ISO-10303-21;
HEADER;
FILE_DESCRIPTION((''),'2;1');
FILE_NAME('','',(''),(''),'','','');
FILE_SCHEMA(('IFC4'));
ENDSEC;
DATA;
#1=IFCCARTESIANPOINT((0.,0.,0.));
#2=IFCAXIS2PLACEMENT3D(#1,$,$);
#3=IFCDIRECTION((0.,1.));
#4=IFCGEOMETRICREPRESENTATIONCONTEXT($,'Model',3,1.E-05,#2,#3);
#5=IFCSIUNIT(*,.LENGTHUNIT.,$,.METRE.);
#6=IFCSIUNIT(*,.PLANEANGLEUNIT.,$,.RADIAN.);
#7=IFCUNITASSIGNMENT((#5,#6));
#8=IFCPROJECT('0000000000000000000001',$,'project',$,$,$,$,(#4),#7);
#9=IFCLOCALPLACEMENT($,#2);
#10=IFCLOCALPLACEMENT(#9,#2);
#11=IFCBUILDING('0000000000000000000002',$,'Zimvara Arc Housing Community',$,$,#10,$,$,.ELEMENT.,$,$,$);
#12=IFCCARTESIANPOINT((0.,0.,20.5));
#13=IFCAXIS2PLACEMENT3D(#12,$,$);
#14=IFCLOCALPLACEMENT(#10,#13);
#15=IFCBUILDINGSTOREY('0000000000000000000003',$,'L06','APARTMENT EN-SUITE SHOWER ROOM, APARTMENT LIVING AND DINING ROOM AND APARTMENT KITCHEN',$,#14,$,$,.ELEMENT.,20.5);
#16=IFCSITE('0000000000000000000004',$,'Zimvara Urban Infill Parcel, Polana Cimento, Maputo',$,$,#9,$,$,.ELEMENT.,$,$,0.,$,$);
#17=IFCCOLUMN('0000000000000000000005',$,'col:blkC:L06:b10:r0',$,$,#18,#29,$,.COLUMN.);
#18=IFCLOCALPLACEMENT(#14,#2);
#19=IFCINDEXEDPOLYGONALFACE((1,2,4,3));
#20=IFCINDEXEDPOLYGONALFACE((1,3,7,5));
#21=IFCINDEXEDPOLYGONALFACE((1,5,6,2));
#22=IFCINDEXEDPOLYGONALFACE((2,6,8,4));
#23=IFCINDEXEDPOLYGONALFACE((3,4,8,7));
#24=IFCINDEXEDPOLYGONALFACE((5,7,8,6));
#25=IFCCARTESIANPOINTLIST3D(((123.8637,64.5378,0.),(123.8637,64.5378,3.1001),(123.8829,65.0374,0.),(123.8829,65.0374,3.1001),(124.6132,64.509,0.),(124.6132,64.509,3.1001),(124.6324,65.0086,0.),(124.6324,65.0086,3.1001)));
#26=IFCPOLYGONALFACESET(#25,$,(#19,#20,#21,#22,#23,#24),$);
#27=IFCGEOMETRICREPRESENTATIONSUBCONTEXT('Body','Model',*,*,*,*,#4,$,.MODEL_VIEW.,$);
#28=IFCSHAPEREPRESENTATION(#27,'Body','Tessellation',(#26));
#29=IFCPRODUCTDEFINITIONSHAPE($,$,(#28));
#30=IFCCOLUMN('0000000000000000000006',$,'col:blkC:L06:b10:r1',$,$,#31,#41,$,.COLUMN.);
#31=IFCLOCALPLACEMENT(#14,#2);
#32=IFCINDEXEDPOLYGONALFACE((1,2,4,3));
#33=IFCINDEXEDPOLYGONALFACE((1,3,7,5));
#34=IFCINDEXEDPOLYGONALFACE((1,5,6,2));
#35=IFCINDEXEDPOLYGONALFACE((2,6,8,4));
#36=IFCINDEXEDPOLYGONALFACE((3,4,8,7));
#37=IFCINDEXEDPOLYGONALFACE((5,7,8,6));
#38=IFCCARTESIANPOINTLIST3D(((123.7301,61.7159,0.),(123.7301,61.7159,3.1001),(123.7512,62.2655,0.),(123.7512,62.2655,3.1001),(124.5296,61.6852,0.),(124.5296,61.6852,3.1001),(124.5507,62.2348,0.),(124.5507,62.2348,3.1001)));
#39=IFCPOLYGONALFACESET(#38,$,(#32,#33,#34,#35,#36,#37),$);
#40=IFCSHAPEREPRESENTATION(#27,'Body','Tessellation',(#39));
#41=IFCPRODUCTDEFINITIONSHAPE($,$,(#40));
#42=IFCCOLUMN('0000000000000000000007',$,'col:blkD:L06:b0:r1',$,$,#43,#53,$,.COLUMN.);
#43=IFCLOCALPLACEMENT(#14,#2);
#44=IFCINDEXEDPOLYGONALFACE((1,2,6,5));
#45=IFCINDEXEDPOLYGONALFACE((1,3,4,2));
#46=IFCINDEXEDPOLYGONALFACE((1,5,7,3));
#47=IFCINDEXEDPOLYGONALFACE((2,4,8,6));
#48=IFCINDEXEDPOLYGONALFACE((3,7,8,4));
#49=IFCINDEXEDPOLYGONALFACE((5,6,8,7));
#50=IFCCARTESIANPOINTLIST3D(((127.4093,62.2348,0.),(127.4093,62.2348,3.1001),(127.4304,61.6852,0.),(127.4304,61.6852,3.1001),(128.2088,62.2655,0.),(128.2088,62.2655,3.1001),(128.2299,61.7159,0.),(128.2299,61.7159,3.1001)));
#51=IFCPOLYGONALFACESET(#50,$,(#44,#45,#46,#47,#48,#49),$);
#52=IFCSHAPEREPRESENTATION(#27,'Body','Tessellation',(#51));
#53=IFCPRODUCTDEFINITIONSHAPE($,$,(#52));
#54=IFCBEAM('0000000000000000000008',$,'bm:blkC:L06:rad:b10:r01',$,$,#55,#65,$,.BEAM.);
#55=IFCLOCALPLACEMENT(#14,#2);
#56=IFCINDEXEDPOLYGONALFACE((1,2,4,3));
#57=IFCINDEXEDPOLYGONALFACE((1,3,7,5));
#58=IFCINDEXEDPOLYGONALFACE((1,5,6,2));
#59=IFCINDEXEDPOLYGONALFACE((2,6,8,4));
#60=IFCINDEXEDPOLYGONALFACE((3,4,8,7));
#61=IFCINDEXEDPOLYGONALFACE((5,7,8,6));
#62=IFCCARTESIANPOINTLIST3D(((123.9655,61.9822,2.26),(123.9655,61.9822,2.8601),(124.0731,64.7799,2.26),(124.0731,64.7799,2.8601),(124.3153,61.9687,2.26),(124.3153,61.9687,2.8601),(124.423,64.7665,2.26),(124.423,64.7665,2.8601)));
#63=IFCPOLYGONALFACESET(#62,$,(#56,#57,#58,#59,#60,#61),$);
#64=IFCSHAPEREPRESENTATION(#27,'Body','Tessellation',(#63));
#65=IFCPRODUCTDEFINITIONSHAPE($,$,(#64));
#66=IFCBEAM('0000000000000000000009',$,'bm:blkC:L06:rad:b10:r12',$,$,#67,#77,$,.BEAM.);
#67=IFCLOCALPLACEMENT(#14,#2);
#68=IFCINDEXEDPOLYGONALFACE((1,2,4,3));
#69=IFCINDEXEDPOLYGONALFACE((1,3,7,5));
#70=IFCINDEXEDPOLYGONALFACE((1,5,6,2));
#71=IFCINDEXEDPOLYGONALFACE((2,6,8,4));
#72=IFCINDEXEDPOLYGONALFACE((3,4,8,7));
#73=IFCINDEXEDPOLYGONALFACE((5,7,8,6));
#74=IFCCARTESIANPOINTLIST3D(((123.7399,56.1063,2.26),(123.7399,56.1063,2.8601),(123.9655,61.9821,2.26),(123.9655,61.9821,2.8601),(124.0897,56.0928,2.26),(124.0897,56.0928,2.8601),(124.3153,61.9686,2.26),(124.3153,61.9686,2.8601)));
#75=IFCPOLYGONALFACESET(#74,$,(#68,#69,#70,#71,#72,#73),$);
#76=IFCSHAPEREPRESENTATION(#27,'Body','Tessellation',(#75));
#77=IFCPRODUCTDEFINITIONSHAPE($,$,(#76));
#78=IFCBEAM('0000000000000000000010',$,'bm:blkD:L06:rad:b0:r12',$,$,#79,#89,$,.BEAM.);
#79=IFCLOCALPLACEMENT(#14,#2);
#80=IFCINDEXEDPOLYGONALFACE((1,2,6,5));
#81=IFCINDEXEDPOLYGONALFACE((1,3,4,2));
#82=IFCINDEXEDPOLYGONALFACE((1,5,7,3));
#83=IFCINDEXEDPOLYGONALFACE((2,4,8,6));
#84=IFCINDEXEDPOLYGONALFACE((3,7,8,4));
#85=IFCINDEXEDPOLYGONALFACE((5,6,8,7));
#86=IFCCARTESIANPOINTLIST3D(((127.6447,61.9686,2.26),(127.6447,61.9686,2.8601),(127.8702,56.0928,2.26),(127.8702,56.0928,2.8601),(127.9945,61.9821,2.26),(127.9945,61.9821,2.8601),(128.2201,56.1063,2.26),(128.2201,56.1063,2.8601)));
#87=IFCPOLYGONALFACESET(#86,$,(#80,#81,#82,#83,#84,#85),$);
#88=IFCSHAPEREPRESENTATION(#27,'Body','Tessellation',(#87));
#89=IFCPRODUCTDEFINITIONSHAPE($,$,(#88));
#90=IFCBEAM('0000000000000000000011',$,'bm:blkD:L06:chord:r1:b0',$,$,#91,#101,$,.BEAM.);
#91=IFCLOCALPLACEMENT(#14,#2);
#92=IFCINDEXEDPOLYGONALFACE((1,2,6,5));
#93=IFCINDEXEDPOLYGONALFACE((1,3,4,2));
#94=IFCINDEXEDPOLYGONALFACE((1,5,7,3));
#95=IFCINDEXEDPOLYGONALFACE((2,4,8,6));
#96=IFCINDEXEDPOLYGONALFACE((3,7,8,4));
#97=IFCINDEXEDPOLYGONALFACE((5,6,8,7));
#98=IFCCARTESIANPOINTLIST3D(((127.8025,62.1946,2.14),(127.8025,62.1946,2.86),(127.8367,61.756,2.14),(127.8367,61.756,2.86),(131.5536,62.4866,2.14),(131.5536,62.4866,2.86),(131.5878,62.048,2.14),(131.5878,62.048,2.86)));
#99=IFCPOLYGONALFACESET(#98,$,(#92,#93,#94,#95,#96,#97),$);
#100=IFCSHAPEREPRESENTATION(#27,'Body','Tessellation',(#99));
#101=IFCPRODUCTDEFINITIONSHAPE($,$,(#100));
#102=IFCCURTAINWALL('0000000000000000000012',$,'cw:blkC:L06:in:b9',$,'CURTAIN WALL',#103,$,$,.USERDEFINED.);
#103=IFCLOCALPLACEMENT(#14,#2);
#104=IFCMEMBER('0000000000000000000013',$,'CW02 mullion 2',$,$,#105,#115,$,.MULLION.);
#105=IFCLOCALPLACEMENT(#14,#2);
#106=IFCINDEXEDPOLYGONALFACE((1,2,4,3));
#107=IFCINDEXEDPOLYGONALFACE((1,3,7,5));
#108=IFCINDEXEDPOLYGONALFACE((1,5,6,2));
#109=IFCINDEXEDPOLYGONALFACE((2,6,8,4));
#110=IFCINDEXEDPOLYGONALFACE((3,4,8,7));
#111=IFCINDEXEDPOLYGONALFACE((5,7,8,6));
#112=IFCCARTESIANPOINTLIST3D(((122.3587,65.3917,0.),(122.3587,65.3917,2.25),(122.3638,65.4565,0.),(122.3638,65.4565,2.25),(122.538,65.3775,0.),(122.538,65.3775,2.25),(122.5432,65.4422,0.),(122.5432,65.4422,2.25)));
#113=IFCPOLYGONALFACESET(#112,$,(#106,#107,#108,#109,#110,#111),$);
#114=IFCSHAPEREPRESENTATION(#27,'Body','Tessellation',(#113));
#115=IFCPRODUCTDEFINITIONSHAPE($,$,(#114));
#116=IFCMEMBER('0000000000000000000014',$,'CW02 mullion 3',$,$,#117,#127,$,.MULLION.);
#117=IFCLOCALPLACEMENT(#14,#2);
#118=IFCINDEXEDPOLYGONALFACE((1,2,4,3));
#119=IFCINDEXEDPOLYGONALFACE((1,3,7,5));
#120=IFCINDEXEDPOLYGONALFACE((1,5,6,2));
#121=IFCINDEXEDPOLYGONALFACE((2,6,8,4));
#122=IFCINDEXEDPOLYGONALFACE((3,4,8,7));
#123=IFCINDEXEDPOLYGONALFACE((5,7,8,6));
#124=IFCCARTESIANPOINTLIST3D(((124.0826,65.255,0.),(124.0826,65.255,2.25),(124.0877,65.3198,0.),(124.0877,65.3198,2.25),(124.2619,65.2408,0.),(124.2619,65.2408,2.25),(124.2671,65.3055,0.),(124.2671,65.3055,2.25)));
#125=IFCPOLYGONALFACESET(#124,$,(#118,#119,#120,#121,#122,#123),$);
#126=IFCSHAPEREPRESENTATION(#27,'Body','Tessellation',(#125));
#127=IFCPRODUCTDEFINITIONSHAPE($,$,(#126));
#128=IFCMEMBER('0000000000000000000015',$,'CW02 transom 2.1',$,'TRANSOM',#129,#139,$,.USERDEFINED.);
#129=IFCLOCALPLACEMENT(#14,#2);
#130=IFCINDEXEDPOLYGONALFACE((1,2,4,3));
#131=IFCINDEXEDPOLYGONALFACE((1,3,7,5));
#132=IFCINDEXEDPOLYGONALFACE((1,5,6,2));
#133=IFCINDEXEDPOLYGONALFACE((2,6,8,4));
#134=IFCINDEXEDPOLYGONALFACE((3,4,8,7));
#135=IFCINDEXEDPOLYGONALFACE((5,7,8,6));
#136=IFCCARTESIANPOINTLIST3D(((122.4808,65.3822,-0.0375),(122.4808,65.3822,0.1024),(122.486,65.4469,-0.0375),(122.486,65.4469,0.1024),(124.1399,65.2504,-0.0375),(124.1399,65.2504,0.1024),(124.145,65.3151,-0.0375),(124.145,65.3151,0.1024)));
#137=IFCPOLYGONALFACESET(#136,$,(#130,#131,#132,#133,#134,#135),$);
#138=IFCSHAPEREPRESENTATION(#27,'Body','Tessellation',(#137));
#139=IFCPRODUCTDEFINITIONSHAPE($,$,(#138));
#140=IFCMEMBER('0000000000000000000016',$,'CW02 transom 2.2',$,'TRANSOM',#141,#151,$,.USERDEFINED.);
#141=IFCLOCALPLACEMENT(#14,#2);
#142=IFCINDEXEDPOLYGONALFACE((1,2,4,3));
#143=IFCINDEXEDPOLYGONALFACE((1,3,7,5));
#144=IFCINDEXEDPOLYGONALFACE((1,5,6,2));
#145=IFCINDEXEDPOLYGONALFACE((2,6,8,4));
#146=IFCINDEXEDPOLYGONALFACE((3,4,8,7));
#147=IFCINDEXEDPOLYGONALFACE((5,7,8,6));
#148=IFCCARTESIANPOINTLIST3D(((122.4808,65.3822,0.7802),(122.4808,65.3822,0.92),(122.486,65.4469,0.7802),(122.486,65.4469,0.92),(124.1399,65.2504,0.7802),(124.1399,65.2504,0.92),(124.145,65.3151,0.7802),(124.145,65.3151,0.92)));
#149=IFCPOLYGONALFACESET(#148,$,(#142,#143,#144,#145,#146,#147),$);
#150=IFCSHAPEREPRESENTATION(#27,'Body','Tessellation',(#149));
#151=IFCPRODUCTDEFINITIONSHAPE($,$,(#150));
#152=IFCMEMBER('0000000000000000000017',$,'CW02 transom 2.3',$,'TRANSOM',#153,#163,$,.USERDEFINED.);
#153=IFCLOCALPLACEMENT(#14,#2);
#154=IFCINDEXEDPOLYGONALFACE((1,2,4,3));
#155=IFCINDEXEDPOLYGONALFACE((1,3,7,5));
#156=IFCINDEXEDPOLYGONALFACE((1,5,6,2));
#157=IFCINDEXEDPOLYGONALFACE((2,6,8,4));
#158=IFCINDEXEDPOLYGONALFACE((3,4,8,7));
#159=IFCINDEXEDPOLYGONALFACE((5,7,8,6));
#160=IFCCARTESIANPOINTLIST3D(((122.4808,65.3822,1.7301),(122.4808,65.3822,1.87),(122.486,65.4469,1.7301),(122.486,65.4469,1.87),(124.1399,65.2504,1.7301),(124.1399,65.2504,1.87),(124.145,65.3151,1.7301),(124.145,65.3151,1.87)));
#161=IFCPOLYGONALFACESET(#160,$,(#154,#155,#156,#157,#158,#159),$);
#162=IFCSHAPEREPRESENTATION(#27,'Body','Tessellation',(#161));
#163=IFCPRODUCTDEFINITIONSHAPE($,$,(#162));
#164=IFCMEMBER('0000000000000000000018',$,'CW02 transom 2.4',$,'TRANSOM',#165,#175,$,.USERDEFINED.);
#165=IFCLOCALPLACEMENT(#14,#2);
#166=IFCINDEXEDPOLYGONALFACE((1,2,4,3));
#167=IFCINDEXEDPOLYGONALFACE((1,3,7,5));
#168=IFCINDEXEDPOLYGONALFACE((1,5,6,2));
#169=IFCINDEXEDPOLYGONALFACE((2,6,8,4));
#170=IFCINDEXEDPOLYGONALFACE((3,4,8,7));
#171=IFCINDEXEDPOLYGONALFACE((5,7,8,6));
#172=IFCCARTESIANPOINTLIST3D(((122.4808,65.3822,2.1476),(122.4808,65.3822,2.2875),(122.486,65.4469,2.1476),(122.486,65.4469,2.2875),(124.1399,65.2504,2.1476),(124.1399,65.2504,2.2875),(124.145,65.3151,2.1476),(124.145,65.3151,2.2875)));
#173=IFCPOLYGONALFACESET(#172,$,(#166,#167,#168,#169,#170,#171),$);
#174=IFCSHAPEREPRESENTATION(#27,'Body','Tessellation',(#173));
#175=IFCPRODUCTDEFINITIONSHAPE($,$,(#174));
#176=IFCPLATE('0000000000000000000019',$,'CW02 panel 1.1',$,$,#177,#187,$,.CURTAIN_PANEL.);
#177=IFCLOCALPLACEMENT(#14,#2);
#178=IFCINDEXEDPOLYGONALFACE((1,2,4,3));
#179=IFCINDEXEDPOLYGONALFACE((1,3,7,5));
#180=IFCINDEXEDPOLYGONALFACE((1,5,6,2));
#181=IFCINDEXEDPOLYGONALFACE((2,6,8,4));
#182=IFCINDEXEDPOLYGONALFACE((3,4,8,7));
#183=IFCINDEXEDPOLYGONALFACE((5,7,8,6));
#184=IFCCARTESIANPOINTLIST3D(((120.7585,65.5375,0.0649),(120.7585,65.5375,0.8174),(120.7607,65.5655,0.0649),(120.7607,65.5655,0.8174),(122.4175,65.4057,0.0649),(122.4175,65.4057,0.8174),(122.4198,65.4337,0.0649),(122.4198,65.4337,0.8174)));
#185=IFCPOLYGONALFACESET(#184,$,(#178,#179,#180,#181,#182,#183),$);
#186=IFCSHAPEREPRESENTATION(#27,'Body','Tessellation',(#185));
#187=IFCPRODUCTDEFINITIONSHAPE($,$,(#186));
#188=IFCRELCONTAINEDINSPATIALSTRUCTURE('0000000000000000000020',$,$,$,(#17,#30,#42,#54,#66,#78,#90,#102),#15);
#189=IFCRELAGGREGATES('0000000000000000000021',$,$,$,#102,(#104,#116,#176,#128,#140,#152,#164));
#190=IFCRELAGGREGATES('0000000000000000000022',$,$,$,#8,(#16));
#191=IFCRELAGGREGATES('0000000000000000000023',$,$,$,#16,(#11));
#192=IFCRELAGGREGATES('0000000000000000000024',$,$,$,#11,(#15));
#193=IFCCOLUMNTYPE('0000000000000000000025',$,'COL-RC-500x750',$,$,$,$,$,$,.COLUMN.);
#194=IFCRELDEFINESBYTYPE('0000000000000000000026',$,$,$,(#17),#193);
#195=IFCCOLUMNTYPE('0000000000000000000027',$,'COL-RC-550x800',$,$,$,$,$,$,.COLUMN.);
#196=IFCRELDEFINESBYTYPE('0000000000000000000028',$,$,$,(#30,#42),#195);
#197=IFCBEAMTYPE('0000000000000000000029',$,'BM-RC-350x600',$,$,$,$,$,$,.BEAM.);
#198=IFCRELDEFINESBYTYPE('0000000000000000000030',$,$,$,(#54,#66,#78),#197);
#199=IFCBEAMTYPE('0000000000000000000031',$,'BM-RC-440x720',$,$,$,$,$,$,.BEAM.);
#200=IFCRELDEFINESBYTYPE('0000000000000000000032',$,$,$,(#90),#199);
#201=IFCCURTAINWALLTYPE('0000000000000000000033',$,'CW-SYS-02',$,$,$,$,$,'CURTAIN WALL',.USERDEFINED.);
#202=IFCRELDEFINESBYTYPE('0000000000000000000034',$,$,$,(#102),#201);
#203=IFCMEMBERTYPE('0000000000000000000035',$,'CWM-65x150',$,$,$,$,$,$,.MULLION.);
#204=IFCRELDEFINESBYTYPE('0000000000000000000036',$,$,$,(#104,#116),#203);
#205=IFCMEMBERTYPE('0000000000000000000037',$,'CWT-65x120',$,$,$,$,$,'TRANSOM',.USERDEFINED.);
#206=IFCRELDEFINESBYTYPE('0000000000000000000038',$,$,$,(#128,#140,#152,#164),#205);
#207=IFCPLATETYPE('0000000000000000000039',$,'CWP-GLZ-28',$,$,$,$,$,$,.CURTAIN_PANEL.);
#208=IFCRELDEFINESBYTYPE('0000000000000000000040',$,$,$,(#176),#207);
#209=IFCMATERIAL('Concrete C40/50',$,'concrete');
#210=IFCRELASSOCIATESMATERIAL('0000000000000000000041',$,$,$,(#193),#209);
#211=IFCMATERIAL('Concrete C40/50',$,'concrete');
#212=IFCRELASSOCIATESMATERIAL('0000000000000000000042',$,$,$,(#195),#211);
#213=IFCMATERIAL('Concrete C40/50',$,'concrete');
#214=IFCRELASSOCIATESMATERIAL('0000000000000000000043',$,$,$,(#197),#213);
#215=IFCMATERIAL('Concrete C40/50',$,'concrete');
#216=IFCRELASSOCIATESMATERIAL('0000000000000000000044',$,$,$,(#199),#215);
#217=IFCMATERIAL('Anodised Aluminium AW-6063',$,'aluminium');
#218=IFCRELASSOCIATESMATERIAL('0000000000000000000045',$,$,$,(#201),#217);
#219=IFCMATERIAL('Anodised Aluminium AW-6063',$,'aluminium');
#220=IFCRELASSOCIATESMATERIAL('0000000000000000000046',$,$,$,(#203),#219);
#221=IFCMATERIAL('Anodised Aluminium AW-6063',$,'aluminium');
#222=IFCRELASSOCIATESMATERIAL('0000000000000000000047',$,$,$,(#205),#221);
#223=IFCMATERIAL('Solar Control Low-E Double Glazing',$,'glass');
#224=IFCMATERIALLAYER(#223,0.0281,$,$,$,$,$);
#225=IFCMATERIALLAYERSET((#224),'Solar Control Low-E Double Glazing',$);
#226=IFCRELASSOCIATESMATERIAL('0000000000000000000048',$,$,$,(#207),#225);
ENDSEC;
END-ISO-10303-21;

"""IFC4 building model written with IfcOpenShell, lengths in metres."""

from ifc_helpers import new_model, si_unit, direction, frame, origin, origin_2d, place, context, subcontext, project, spatial, rectangle, extrude, material, layer, layer_set, material_profile, profile_set, type_object, element, aggregate, save


model = new_model("IFC4")

# Units and contexts
model_context = context("Model", 3, precision=1e-05, world=origin(), true_north=direction((0.0, 1.0)))
body_context = subcontext(model_context, "Body", "Model", "MODEL_VIEW")
ifc_project = project(units=[si_unit("LENGTHUNIT", "METRE"), si_unit("PLANEANGLEUNIT", "RADIAN")], contexts=[model_context])

# Site, building, storey
site_placement = place(None, origin())
site = spatial("IfcSite", under=ifc_project, at=site_placement, Name="Zimvara Urban Infill Parcel, Polana Cimento, Maputo", CompositionType="ELEMENT", RefElevation=0.0)
building_placement = place(site_placement, origin())
building = spatial("IfcBuilding", under=site, at=building_placement, Name="Zimvara Arc Housing Community", CompositionType="ELEMENT")
storey_placement = place(building_placement, frame((0.0, 0.0, 20.5)))
storey = spatial("IfcBuildingStorey", under=building, at=storey_placement, Name="L06", Description="APARTMENT EN-SUITE SHOWER ROOM, APARTMENT LIVING AND DINING ROOM AND APARTMENT KITCHEN", CompositionType="ELEMENT", Elevation=20.5)

# Columns
ifc_material_1 = material(Name="Concrete C40/50", Category="concrete")
ifc_material_profile_1 = material_profile(ifc_material_1, rectangle(XDim=0.5, YDim=0.75, at=origin_2d()), Name="RC 500x750")
ifc_profile_set_1 = profile_set([ifc_material_profile_1], Name="Concrete C40/50")
column_type_1 = type_object("IfcColumnType", Name="COL-RC-500x750", PredefinedType="COLUMN", material=ifc_profile_set_1)
column_placement = place(storey_placement, frame((124.248, 64.7732, 0.0), z_axis=(0.0, 0.0, 1.0), x_axis=(-0.038388, -0.999263, 0.0)))
element("IfcColumn", 1, at=column_placement, inside=storey, type_object=column_type_1, Name="col:blkC:L06:b10:r0", PredefinedType="COLUMN", context=body_context, shape_type="SweptSolid", body=[
    extrude(rectangle(XDim=0.5, YDim=0.75, at=origin_2d()), origin(), (0.0, 0.0, 1.0), 3.1001),
])
ifc_material_2 = material(Name="Concrete C40/50", Category="concrete")
ifc_material_profile_2 = material_profile(ifc_material_2, rectangle(XDim=0.55, YDim=0.8, at=origin_2d()), Name="RC 550x800")
ifc_profile_set_2 = profile_set([ifc_material_profile_2], Name="Concrete C40/50")
column_type_2 = type_object("IfcColumnType", Name="COL-RC-550x800", PredefinedType="COLUMN", material=ifc_profile_set_2)
for number, where, z_axis, x_axis, name in (
    (2, (124.1404, 61.9753, 0.0), (0.0, 0.0, 1.0), (-0.038388, -0.999263, 0.0), "col:blkC:L06:b10:r1"),
    (3, (127.8196, 61.9753, 0.0), (0.0, 0.0, 1.0), (0.038388, -0.999263, 0.0), "col:blkD:L06:b0:r1"),
):
    element("IfcColumn", number, at=place(storey_placement, frame(where, z_axis=z_axis, x_axis=x_axis)), inside=storey, type_object=column_type_2, Name=name, PredefinedType="COLUMN", context=body_context, shape_type="SweptSolid", body=[
        extrude(rectangle(XDim=0.55, YDim=0.8, at=origin_2d()), origin(), (0.0, 0.0, 1.0), 3.1001),
    ])

# Beams
ifc_material_3 = material(Name="Concrete C40/50", Category="concrete")
ifc_material_profile_3 = material_profile(ifc_material_3, rectangle(XDim=0.3501, YDim=0.6001, at=origin_2d()), Name="RC 350x600")
ifc_profile_set_3 = profile_set([ifc_material_profile_3], Name="Concrete C40/50")
beam_type_1 = type_object("IfcBeamType", Name="BM-RC-350x600", PredefinedType="BEAM", material=ifc_profile_set_3)
beam_1_placement = place(storey_placement, frame((124.248, 64.7732, 2.5601), z_axis=(-0.038453, -0.99926, 0.0), x_axis=(0.99926, -0.038453, 0.0)))
element("IfcBeam", 4, at=beam_1_placement, inside=storey, type_object=beam_type_1, Name="bm:blkC:L06:rad:b10:r01", PredefinedType="BEAM", context=body_context, shape_type="SweptSolid", body=[
    extrude(rectangle(XDim=0.3501, YDim=0.6001, at=origin_2d()), origin(), (0.0, 0.0, 1.0), 2.7998),
])
for number, where, z_axis, x_axis, name in (
    (5, (124.1404, 61.9753, 2.5601), (-0.038365, -0.999264, 0.0), (0.999264, -0.038365, 0.0), "bm:blkC:L06:rad:b10:r12"),
    (6, (127.8196, 61.9753, 2.5601), (0.038365, -0.999264, 0.0), (0.999264, 0.038365, 0.0), "bm:blkD:L06:rad:b0:r12"),
):
    element("IfcBeam", number, at=place(storey_placement, frame(where, z_axis=z_axis, x_axis=x_axis)), inside=storey, type_object=beam_type_1, Name=name, PredefinedType="BEAM", context=body_context, shape_type="SweptSolid", body=[
        extrude(rectangle(XDim=0.3501, YDim=0.6001, at=origin_2d()), origin(), (0.0, 0.0, 1.0), 5.8801),
    ])
ifc_material_4 = material(Name="Concrete C40/50", Category="concrete")
ifc_material_profile_4 = material_profile(ifc_material_4, rectangle(XDim=0.4399, YDim=0.72, at=origin_2d()), Name="RC 440x720")
ifc_profile_set_4 = profile_set([ifc_material_profile_4], Name="Concrete C40/50")
beam_type_2 = type_object("IfcBeamType", Name="BM-RC-440x720", PredefinedType="BEAM", material=ifc_profile_set_4)
beam_2_placement = place(storey_placement, frame((127.8196, 61.9753, 2.5), z_axis=(0.996984, 0.077604, 0.0), x_axis=(-0.077604, 0.996984, 0.0)))
element("IfcBeam", 7, at=beam_2_placement, inside=storey, type_object=beam_type_2, Name="bm:blkD:L06:chord:r1:b0", PredefinedType="BEAM", context=body_context, shape_type="SweptSolid", body=[
    extrude(rectangle(XDim=0.4399, YDim=0.72, at=origin_2d()), origin(), (0.0, 0.0, 1.0), 3.7625),
])

# Curtain wall, members, plate
ifc_material_5 = material(Name="Anodised Aluminium AW-6063", Category="aluminium")
curtain_wall_type = type_object("IfcCurtainWallType", Name="CW-SYS-02", ElementType="CURTAIN WALL", PredefinedType="USERDEFINED", material=ifc_material_5)
curtain_wall_placement = place(storey_placement, origin())
curtain_wall = element("IfcCurtainWall", 8, at=curtain_wall_placement, inside=storey, type_object=curtain_wall_type, Name="cw:blkC:L06:in:b9", ObjectType="CURTAIN WALL", PredefinedType="USERDEFINED")
ifc_material_6 = material(Name="Anodised Aluminium AW-6063", Category="aluminium")
ifc_material_profile_5 = material_profile(ifc_material_6, rectangle(XDim=0.0649, YDim=0.1799, at=origin_2d()), Name="ALU 65x180")
ifc_profile_set_5 = profile_set([ifc_material_profile_5], Name="Anodised Aluminium AW-6063")
member_type_1 = type_object("IfcMemberType", Name="CWM-65x150", PredefinedType="MULLION", material=ifc_profile_set_5)
member_1_placement = place(storey_placement, frame((122.4509, 65.417, 0.0), z_axis=(0.0, 0.0, 1.0), x_axis=(0.079155, 0.996862, 0.0)))
member_1 = element("IfcMember", 9, at=member_1_placement, type_object=member_type_1, Name="CW02 mullion 2", PredefinedType="MULLION", context=body_context, shape_type="SweptSolid", body=[
    extrude(rectangle(XDim=0.0649, YDim=0.1799, at=origin_2d()), origin(), (0.0, 0.0, 1.0), 2.25),
])
member_2_placement = place(storey_placement, frame((124.1748, 65.2803, 0.0), z_axis=(0.0, 0.0, 1.0), x_axis=(0.079155, 0.996862, 0.0)))
member_2 = element("IfcMember", 10, at=member_2_placement, type_object=member_type_1, Name="CW02 mullion 3", PredefinedType="MULLION", context=body_context, shape_type="SweptSolid", body=[
    extrude(rectangle(XDim=0.0649, YDim=0.1799, at=origin_2d()), origin(), (0.0, 0.0, 1.0), 2.25),
])
ifc_material_7 = material(Name="Anodised Aluminium AW-6063", Category="aluminium")
ifc_material_profile_6 = material_profile(ifc_material_7, rectangle(XDim=0.0649, YDim=0.1399, at=origin_2d()), Name="ALU 65x140")
ifc_profile_set_6 = profile_set([ifc_material_profile_6], Name="Anodised Aluminium AW-6063")
member_type_2 = type_object("IfcMemberType", Name="CWT-65x120", ElementType="TRANSOM", PredefinedType="USERDEFINED", material=ifc_profile_set_6)
member_3_placement = place(storey_placement, frame((122.4834, 65.4146, 0.0325), z_axis=(0.996858, -0.079209, 0.0), x_axis=(0.079209, 0.996858, 0.0)))
member_3 = element("IfcMember", 11, at=member_3_placement, type_object=member_type_2, Name="CW02 transom 2.1", ObjectType="TRANSOM", PredefinedType="USERDEFINED", context=body_context, shape_type="SweptSolid", body=[
    extrude(rectangle(XDim=0.0649, YDim=0.1399, at=origin_2d()), origin(), (0.0, 0.0, 1.0), 1.6643),
])
member_4_placement = place(storey_placement, frame((122.4834, 65.4146, 0.8501), z_axis=(0.996858, -0.079209, 0.0), x_axis=(0.079209, 0.996858, 0.0)))
member_4 = element("IfcMember", 12, at=member_4_placement, type_object=member_type_2, Name="CW02 transom 2.2", ObjectType="TRANSOM", PredefinedType="USERDEFINED", context=body_context, shape_type="SweptSolid", body=[
    extrude(rectangle(XDim=0.0649, YDim=0.1399, at=origin_2d()), origin(), (0.0, 0.0, 1.0), 1.6643),
])
member_5_placement = place(storey_placement, frame((122.4834, 65.4146, 1.8), z_axis=(0.996858, -0.079209, 0.0), x_axis=(0.079209, 0.996858, 0.0)))
member_5 = element("IfcMember", 13, at=member_5_placement, type_object=member_type_2, Name="CW02 transom 2.3", ObjectType="TRANSOM", PredefinedType="USERDEFINED", context=body_context, shape_type="SweptSolid", body=[
    extrude(rectangle(XDim=0.0649, YDim=0.1399, at=origin_2d()), origin(), (0.0, 0.0, 1.0), 1.6643),
])
member_6_placement = place(storey_placement, frame((122.4834, 65.4146, 2.2175), z_axis=(0.996858, -0.079209, 0.0), x_axis=(0.079209, 0.996858, 0.0)))
member_6 = element("IfcMember", 14, at=member_6_placement, type_object=member_type_2, Name="CW02 transom 2.4", ObjectType="TRANSOM", PredefinedType="USERDEFINED", context=body_context, shape_type="SweptSolid", body=[
    extrude(rectangle(XDim=0.0649, YDim=0.1399, at=origin_2d()), origin(), (0.0, 0.0, 1.0), 1.6643),
])
ifc_material_8 = material(Name="Solar Control Low-E Double Glazing", Category="glass")
ifc_layer_1 = layer(ifc_material_8, 0.0281)
ifc_layer_set_1 = layer_set([ifc_layer_1], Name="Solar Control Low-E Double Glazing")
plate_type = type_object("IfcPlateType", Name="CWP-GLZ-28", PredefinedType="CURTAIN_PANEL", material=ifc_layer_set_1)
plate_1_placement = place(storey_placement, frame((121.5891, 65.4856, 0.0649), z_axis=(0.0, 0.0, 1.0), x_axis=(0.996862, -0.079155, 0.0)))
plate_1 = element("IfcPlate", 15, at=plate_1_placement, type_object=plate_type, Name="CW02 panel 1.1", PredefinedType="CURTAIN_PANEL", context=body_context, shape_type="SweptSolid", body=[
    extrude(rectangle(XDim=1.6643, YDim=0.0281, at=origin_2d()), origin(), (0.0, 0.0, 1.0), 0.7524),
])
aggregate(curtain_wall, [member_1, member_2, plate_1, member_3, member_4, member_5, member_6])

save(model, "model.ifc")
